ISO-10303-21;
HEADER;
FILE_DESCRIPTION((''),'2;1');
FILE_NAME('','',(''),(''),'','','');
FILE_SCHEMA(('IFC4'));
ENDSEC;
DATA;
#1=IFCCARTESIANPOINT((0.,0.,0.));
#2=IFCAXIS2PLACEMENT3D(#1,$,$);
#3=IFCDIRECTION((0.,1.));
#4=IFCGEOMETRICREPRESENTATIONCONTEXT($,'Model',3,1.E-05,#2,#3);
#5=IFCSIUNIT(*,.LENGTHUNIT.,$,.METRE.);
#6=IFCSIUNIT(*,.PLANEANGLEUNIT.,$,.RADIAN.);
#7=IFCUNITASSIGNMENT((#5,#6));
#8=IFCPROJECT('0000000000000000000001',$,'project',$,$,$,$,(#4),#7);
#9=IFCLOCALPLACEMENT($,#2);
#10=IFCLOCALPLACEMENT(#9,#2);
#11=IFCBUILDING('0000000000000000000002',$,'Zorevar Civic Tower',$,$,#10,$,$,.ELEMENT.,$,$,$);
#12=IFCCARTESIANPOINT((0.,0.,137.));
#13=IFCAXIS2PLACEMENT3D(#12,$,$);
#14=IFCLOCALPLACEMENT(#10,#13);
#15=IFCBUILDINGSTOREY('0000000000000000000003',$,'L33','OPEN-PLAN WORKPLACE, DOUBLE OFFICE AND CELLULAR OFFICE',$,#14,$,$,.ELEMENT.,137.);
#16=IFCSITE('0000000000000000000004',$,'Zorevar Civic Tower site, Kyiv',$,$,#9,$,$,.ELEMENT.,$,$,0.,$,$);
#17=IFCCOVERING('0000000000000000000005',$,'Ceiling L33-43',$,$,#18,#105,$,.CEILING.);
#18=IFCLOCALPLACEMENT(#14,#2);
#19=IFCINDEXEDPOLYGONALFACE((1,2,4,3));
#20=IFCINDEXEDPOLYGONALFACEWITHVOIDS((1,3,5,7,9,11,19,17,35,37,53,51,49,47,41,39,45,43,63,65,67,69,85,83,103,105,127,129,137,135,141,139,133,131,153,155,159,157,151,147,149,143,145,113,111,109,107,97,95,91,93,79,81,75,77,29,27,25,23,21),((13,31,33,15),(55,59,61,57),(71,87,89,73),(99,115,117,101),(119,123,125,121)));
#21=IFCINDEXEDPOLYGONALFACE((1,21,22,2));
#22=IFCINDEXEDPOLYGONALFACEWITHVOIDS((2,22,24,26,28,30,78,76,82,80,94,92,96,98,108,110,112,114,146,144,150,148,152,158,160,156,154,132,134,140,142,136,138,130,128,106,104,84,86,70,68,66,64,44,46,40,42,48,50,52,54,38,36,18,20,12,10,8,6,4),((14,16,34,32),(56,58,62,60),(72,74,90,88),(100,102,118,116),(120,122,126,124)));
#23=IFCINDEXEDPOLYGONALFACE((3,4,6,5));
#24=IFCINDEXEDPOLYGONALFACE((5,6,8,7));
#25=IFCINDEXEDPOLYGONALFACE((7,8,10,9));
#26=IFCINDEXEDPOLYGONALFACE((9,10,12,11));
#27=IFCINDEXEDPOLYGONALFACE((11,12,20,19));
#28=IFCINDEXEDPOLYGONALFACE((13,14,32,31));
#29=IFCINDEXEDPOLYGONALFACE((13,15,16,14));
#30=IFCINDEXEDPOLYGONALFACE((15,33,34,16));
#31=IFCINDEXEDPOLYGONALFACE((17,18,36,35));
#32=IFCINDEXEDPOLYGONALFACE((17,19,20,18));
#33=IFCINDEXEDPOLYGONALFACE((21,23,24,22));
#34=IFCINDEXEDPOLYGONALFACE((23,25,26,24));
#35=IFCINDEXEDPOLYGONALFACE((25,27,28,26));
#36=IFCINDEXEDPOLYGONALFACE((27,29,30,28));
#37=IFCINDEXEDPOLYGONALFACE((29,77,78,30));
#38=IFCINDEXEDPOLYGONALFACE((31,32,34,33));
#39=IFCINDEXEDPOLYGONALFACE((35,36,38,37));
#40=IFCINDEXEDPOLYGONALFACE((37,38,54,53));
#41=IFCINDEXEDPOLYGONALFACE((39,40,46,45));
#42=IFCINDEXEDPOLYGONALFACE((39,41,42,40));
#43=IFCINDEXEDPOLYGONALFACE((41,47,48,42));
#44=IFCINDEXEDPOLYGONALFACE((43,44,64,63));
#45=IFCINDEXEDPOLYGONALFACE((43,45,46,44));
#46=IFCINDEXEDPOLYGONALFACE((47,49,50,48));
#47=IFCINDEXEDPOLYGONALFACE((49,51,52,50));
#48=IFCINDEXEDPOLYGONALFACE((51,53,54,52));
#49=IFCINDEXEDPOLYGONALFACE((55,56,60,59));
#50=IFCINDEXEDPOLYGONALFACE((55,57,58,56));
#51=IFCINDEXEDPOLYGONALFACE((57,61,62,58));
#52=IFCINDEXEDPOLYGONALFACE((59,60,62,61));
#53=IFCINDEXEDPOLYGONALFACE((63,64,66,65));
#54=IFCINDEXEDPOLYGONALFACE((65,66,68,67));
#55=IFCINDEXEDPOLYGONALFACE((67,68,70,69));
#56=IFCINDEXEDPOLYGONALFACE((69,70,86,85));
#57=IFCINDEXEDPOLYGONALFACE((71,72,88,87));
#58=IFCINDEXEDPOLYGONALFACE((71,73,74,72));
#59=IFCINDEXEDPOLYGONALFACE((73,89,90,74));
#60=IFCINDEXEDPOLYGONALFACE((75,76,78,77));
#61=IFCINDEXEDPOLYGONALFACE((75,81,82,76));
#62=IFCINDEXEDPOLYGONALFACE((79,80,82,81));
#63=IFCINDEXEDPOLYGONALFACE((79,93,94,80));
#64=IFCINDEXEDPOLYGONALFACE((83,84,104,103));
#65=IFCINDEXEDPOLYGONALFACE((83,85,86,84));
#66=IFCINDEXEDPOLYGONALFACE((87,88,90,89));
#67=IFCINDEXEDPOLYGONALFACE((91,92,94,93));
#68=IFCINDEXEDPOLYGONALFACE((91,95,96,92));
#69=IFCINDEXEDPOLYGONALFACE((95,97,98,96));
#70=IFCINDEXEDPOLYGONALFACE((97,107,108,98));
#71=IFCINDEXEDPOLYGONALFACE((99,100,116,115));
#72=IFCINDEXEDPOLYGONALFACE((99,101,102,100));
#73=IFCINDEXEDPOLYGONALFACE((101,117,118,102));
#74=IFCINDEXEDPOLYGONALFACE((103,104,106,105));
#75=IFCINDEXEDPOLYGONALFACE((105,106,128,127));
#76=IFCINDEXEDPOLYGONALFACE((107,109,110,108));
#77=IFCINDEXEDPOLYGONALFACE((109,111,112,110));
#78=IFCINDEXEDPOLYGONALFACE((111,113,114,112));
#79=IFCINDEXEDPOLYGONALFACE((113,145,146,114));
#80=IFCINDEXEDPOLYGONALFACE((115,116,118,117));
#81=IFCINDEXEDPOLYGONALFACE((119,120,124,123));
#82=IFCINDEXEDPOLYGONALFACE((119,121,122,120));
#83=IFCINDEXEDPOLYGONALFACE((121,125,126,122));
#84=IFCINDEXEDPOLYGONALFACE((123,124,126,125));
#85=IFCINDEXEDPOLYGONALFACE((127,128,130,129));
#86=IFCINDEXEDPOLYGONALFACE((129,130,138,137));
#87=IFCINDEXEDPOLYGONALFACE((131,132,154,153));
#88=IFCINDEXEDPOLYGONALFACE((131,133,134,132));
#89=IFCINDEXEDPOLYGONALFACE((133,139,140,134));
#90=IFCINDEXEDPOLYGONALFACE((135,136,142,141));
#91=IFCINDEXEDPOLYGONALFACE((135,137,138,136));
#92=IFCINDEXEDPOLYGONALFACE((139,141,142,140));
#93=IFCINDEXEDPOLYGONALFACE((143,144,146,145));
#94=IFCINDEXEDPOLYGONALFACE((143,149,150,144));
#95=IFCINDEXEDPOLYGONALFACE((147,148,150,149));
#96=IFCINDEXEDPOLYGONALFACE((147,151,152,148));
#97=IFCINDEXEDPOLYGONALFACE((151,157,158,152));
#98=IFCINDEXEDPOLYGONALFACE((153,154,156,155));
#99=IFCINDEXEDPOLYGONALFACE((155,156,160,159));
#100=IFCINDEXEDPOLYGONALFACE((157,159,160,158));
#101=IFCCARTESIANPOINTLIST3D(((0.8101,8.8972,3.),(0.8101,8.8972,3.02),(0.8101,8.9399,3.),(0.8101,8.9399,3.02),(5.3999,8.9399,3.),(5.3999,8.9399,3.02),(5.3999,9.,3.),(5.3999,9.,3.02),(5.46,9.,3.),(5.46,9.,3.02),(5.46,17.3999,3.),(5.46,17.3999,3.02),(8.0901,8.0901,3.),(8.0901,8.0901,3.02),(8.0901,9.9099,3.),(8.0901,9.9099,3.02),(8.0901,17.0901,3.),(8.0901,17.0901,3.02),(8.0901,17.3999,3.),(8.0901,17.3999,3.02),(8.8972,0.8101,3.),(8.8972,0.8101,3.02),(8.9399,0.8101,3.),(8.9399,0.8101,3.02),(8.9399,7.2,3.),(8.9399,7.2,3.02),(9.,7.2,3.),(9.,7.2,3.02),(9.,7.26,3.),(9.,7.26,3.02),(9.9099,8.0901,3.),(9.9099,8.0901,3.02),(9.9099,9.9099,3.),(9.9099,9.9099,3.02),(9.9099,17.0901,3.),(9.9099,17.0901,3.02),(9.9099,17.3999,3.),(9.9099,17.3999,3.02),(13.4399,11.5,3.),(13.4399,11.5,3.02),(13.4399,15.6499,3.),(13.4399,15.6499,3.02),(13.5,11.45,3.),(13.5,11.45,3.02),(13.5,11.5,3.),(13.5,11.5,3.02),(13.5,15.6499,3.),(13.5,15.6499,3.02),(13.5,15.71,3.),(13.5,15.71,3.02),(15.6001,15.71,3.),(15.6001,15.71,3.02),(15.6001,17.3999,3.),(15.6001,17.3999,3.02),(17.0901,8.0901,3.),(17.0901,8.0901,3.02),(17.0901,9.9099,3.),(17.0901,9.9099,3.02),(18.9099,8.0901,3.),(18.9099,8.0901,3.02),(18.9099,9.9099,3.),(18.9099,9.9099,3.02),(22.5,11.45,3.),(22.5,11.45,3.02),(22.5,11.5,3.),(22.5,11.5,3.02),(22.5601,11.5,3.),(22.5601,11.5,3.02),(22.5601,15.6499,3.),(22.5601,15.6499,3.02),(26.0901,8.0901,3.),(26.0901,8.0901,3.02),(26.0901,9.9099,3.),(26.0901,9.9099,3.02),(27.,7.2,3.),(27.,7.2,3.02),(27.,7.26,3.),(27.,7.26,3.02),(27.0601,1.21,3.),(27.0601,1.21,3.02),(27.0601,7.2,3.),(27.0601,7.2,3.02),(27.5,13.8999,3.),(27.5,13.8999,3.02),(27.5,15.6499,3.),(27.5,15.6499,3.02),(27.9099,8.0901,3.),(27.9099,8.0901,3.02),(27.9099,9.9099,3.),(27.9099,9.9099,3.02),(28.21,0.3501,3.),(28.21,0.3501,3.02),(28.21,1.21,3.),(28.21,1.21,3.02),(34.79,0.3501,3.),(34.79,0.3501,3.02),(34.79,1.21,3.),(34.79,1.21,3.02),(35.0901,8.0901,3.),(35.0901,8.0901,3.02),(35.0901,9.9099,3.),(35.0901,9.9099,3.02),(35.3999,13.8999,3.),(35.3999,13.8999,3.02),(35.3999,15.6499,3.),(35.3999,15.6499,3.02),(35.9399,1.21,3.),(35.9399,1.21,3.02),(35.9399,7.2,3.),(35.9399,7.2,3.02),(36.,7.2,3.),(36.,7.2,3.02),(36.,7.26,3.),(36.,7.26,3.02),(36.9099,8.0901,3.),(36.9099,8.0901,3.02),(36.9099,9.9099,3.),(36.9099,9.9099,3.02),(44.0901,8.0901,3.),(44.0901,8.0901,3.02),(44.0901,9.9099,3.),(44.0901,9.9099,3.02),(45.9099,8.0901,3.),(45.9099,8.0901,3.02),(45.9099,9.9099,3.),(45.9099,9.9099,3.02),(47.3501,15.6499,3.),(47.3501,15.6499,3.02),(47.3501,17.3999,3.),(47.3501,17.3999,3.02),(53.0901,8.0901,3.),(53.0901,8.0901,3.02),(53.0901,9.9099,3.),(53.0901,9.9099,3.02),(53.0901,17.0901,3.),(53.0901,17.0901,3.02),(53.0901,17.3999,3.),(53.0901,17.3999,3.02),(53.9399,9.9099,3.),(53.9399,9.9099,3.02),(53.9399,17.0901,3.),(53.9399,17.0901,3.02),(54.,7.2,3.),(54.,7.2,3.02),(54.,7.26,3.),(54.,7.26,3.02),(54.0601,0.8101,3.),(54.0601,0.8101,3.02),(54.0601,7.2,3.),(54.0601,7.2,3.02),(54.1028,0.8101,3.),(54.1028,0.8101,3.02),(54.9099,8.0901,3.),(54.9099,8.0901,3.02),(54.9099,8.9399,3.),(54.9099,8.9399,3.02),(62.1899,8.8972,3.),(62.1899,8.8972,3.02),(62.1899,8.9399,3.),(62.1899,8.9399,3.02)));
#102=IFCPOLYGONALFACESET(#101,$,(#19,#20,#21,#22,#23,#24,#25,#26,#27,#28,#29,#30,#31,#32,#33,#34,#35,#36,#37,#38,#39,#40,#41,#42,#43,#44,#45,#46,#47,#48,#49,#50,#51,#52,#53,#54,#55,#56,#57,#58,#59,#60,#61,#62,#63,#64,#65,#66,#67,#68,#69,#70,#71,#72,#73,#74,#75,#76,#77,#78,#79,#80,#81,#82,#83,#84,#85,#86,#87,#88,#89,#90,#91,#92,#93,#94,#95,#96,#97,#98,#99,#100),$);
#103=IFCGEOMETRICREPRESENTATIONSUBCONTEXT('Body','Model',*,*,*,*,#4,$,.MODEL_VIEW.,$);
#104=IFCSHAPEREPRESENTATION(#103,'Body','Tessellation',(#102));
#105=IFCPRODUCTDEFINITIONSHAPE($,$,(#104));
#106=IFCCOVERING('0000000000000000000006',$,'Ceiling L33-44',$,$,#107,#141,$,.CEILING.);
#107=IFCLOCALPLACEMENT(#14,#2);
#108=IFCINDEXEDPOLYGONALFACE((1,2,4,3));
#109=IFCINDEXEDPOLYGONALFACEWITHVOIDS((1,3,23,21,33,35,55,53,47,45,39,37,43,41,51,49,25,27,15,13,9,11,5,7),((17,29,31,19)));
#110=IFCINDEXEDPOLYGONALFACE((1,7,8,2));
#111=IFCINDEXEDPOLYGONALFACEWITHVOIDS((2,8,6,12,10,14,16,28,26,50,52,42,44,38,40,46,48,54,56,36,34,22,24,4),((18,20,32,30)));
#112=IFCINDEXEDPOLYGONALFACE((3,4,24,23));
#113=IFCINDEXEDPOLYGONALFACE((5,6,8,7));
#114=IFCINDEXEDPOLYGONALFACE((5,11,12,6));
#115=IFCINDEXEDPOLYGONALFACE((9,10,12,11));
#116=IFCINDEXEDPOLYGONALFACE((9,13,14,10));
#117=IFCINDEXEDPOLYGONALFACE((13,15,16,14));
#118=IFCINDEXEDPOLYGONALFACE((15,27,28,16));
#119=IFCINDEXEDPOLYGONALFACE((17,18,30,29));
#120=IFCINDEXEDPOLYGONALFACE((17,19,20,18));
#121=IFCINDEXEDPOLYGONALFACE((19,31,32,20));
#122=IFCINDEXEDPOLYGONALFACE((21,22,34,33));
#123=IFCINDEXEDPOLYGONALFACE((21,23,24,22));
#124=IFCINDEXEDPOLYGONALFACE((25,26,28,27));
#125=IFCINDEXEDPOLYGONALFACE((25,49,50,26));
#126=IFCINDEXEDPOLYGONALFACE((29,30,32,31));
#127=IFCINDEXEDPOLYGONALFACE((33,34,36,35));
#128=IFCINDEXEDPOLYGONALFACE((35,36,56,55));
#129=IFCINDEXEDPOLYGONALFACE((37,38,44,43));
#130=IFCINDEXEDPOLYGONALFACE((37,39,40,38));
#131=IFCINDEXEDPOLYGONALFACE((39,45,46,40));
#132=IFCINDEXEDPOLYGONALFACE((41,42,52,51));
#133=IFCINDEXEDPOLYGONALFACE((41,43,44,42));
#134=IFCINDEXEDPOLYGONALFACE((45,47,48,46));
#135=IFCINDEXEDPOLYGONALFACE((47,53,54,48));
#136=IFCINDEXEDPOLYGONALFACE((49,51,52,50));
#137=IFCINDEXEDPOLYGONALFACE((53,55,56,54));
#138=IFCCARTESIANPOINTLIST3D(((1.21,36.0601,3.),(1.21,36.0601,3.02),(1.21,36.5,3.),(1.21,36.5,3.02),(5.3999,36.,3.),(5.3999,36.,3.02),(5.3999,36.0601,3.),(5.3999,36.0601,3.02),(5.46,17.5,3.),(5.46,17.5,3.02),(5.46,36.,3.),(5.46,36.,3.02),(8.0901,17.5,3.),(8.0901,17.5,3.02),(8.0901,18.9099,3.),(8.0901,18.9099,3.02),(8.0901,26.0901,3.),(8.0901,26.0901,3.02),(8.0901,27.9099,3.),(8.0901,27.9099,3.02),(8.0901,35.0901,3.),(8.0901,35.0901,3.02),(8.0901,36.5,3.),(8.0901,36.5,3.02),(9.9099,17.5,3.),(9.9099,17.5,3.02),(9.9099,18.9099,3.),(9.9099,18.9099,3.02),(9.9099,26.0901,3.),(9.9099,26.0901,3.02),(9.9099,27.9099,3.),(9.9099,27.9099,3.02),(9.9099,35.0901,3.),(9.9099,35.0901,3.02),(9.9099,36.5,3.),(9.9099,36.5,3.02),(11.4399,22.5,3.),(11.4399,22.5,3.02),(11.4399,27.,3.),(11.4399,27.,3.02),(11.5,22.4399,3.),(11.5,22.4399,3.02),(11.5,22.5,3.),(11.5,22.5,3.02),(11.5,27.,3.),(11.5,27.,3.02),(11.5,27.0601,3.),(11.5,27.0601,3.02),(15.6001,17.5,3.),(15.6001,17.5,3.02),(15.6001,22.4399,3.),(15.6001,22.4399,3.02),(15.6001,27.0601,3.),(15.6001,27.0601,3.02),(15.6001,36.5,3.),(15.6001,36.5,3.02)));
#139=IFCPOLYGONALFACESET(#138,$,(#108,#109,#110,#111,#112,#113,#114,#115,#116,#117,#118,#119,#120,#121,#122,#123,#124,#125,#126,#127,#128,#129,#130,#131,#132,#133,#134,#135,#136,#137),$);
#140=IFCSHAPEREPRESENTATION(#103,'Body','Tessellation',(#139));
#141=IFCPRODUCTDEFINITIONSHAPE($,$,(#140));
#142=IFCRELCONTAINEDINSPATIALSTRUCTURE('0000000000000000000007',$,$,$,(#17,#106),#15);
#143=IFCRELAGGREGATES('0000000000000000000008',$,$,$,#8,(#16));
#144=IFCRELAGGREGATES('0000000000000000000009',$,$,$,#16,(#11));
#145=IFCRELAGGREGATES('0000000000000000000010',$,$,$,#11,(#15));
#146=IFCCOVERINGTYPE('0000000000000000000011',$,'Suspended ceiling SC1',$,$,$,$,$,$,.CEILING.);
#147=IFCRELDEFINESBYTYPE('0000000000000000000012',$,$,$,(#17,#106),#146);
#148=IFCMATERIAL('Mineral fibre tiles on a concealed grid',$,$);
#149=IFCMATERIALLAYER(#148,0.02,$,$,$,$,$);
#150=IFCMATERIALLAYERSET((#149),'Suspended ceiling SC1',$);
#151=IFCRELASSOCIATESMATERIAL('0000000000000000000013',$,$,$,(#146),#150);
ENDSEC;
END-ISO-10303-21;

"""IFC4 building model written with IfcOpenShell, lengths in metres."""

from ifc_helpers import new_model, si_unit, direction, frame, origin, place, context, subcontext, project, spatial, polyline, outline, extrude, material, layer, layer_set, type_object, element, save


model = new_model("IFC4")

# Units and contexts
model_context = context("Model", 3, precision=1e-05, world=origin(), true_north=direction((0.0, 1.0)))
body_context = subcontext(model_context, "Body", "Model", "MODEL_VIEW")
ifc_project = project(units=[si_unit("LENGTHUNIT", "METRE"), si_unit("PLANEANGLEUNIT", "RADIAN")], contexts=[model_context])

# Site, building, storey
site_placement = place(None, origin())
site = spatial("IfcSite", under=ifc_project, at=site_placement, Name="Zorevar Civic Tower site, Kyiv", CompositionType="ELEMENT", RefElevation=0.0)
building_placement = place(site_placement, origin())
building = spatial("IfcBuilding", under=site, at=building_placement, Name="Zorevar Civic Tower", CompositionType="ELEMENT")
storey_placement = place(building_placement, frame((0.0, 0.0, 137.0)))
storey = spatial("IfcBuildingStorey", under=building, at=storey_placement, Name="L33", Description="OPEN-PLAN WORKPLACE, DOUBLE OFFICE AND CELLULAR OFFICE", CompositionType="ELEMENT", Elevation=137.0)

# Coverings
ifc_material_1 = material(Name="Mineral fibre tiles on a concealed grid")
ifc_layer_1 = layer(ifc_material_1, 0.02)
ifc_layer_set_1 = layer_set([ifc_layer_1], Name="Suspended ceiling SC1")
covering_type_1 = type_object("IfcCoveringType", Name="Suspended ceiling SC1", PredefinedType="CEILING", material=ifc_layer_set_1)
covering_1_placement = place(storey_placement, frame((0.0, 0.0, 3.0)))
element("IfcCovering", 1, at=covering_1_placement, inside=storey, type_object=covering_type_1, Name="Ceiling L33-43", PredefinedType="CEILING", context=body_context, shape_type="SweptSolid", body=[
    extrude(outline(polyline([(9.9099, 17.0901), (9.9099, 17.3999), (15.6001, 17.3999), (15.6001, 15.71), (13.5, 15.71), (13.5, 15.6499), (13.4399, 15.6499), (13.4399, 11.5), (13.5, 11.5), (13.5, 11.45), (22.5, 11.45), (22.5, 11.5), (22.5601, 11.5), (22.5601, 15.6499), (27.5, 15.6499), (27.5, 13.8999), (35.3999, 13.8999), (35.3999, 15.6499), (47.3501, 15.6499), (47.3501, 17.3999), (53.0901, 17.3999), (53.0901, 17.0901), (53.9399, 17.0901), (53.9399, 9.9099), (53.0901, 9.9099), (53.0901, 8.0901), (54.9099, 8.0901), (54.9099, 8.9399), (62.1899, 8.9399), (62.1899, 8.8972), (54.1028, 0.8101), (54.0601, 0.8101), (54.0601, 7.2), (54.0, 7.2), (54.0, 7.26), (36.0, 7.26), (36.0, 7.2), (35.9399, 7.2), (35.9399, 1.21), (34.79, 1.21), (34.79, 0.3501), (28.21, 0.3501), (28.21, 1.21), (27.0601, 1.21), (27.0601, 7.2), (27.0, 7.2), (27.0, 7.26), (9.0, 7.26), (9.0, 7.2), (8.9399, 7.2), (8.9399, 0.8101), (8.8972, 0.8101), (0.8101, 8.8972), (0.8101, 8.9399), (5.3999, 8.9399), (5.3999, 9.0), (5.46, 9.0), (5.46, 17.3999), (8.0901, 17.3999), (8.0901, 17.0901), (9.9099, 17.0901)]), holes=[polyline([(8.0901, 8.0901), (9.9099, 8.0901), (9.9099, 9.9099), (8.0901, 9.9099), (8.0901, 8.0901)]), polyline([(18.9099, 9.9099), (17.0901, 9.9099), (17.0901, 8.0901), (18.9099, 8.0901), (18.9099, 9.9099)]), polyline([(26.0901, 8.0901), (27.9099, 8.0901), (27.9099, 9.9099), (26.0901, 9.9099), (26.0901, 8.0901)]), polyline([(36.9099, 9.9099), (35.0901, 9.9099), (35.0901, 8.0901), (36.9099, 8.0901), (36.9099, 9.9099)]), polyline([(45.9099, 8.0901), (45.9099, 9.9099), (44.0901, 9.9099), (44.0901, 8.0901), (45.9099, 8.0901)])]), origin(), (0.0, 0.0, 1.0), 0.02),
])
covering_2_placement = place(storey_placement, frame((0.0, 0.0, 3.0)))
element("IfcCovering", 2, at=covering_2_placement, inside=storey, type_object=covering_type_1, Name="Ceiling L33-44", PredefinedType="CEILING", context=body_context, shape_type="SweptSolid", body=[
    extrude(outline(polyline([(15.6001, 22.4399), (15.6001, 17.5), (9.9099, 17.5), (9.9099, 18.9099), (8.0901, 18.9099), (8.0901, 17.5), (5.46, 17.5), (5.46, 36.0), (5.3999, 36.0), (5.3999, 36.0601), (1.21, 36.0601), (1.21, 36.5), (8.0901, 36.5), (8.0901, 35.0901), (9.9099, 35.0901), (9.9099, 36.5), (15.6001, 36.5), (15.6001, 27.0601), (11.5, 27.0601), (11.5, 27.0), (11.4399, 27.0), (11.4399, 22.5), (11.5, 22.5), (11.5, 22.4399), (15.6001, 22.4399)]), holes=[polyline([(8.0901, 27.9099), (8.0901, 26.0901), (9.9099, 26.0901), (9.9099, 27.9099), (8.0901, 27.9099)])]), origin(), (0.0, 0.0, 1.0), 0.02),
])

save(model, "model.ifc")
